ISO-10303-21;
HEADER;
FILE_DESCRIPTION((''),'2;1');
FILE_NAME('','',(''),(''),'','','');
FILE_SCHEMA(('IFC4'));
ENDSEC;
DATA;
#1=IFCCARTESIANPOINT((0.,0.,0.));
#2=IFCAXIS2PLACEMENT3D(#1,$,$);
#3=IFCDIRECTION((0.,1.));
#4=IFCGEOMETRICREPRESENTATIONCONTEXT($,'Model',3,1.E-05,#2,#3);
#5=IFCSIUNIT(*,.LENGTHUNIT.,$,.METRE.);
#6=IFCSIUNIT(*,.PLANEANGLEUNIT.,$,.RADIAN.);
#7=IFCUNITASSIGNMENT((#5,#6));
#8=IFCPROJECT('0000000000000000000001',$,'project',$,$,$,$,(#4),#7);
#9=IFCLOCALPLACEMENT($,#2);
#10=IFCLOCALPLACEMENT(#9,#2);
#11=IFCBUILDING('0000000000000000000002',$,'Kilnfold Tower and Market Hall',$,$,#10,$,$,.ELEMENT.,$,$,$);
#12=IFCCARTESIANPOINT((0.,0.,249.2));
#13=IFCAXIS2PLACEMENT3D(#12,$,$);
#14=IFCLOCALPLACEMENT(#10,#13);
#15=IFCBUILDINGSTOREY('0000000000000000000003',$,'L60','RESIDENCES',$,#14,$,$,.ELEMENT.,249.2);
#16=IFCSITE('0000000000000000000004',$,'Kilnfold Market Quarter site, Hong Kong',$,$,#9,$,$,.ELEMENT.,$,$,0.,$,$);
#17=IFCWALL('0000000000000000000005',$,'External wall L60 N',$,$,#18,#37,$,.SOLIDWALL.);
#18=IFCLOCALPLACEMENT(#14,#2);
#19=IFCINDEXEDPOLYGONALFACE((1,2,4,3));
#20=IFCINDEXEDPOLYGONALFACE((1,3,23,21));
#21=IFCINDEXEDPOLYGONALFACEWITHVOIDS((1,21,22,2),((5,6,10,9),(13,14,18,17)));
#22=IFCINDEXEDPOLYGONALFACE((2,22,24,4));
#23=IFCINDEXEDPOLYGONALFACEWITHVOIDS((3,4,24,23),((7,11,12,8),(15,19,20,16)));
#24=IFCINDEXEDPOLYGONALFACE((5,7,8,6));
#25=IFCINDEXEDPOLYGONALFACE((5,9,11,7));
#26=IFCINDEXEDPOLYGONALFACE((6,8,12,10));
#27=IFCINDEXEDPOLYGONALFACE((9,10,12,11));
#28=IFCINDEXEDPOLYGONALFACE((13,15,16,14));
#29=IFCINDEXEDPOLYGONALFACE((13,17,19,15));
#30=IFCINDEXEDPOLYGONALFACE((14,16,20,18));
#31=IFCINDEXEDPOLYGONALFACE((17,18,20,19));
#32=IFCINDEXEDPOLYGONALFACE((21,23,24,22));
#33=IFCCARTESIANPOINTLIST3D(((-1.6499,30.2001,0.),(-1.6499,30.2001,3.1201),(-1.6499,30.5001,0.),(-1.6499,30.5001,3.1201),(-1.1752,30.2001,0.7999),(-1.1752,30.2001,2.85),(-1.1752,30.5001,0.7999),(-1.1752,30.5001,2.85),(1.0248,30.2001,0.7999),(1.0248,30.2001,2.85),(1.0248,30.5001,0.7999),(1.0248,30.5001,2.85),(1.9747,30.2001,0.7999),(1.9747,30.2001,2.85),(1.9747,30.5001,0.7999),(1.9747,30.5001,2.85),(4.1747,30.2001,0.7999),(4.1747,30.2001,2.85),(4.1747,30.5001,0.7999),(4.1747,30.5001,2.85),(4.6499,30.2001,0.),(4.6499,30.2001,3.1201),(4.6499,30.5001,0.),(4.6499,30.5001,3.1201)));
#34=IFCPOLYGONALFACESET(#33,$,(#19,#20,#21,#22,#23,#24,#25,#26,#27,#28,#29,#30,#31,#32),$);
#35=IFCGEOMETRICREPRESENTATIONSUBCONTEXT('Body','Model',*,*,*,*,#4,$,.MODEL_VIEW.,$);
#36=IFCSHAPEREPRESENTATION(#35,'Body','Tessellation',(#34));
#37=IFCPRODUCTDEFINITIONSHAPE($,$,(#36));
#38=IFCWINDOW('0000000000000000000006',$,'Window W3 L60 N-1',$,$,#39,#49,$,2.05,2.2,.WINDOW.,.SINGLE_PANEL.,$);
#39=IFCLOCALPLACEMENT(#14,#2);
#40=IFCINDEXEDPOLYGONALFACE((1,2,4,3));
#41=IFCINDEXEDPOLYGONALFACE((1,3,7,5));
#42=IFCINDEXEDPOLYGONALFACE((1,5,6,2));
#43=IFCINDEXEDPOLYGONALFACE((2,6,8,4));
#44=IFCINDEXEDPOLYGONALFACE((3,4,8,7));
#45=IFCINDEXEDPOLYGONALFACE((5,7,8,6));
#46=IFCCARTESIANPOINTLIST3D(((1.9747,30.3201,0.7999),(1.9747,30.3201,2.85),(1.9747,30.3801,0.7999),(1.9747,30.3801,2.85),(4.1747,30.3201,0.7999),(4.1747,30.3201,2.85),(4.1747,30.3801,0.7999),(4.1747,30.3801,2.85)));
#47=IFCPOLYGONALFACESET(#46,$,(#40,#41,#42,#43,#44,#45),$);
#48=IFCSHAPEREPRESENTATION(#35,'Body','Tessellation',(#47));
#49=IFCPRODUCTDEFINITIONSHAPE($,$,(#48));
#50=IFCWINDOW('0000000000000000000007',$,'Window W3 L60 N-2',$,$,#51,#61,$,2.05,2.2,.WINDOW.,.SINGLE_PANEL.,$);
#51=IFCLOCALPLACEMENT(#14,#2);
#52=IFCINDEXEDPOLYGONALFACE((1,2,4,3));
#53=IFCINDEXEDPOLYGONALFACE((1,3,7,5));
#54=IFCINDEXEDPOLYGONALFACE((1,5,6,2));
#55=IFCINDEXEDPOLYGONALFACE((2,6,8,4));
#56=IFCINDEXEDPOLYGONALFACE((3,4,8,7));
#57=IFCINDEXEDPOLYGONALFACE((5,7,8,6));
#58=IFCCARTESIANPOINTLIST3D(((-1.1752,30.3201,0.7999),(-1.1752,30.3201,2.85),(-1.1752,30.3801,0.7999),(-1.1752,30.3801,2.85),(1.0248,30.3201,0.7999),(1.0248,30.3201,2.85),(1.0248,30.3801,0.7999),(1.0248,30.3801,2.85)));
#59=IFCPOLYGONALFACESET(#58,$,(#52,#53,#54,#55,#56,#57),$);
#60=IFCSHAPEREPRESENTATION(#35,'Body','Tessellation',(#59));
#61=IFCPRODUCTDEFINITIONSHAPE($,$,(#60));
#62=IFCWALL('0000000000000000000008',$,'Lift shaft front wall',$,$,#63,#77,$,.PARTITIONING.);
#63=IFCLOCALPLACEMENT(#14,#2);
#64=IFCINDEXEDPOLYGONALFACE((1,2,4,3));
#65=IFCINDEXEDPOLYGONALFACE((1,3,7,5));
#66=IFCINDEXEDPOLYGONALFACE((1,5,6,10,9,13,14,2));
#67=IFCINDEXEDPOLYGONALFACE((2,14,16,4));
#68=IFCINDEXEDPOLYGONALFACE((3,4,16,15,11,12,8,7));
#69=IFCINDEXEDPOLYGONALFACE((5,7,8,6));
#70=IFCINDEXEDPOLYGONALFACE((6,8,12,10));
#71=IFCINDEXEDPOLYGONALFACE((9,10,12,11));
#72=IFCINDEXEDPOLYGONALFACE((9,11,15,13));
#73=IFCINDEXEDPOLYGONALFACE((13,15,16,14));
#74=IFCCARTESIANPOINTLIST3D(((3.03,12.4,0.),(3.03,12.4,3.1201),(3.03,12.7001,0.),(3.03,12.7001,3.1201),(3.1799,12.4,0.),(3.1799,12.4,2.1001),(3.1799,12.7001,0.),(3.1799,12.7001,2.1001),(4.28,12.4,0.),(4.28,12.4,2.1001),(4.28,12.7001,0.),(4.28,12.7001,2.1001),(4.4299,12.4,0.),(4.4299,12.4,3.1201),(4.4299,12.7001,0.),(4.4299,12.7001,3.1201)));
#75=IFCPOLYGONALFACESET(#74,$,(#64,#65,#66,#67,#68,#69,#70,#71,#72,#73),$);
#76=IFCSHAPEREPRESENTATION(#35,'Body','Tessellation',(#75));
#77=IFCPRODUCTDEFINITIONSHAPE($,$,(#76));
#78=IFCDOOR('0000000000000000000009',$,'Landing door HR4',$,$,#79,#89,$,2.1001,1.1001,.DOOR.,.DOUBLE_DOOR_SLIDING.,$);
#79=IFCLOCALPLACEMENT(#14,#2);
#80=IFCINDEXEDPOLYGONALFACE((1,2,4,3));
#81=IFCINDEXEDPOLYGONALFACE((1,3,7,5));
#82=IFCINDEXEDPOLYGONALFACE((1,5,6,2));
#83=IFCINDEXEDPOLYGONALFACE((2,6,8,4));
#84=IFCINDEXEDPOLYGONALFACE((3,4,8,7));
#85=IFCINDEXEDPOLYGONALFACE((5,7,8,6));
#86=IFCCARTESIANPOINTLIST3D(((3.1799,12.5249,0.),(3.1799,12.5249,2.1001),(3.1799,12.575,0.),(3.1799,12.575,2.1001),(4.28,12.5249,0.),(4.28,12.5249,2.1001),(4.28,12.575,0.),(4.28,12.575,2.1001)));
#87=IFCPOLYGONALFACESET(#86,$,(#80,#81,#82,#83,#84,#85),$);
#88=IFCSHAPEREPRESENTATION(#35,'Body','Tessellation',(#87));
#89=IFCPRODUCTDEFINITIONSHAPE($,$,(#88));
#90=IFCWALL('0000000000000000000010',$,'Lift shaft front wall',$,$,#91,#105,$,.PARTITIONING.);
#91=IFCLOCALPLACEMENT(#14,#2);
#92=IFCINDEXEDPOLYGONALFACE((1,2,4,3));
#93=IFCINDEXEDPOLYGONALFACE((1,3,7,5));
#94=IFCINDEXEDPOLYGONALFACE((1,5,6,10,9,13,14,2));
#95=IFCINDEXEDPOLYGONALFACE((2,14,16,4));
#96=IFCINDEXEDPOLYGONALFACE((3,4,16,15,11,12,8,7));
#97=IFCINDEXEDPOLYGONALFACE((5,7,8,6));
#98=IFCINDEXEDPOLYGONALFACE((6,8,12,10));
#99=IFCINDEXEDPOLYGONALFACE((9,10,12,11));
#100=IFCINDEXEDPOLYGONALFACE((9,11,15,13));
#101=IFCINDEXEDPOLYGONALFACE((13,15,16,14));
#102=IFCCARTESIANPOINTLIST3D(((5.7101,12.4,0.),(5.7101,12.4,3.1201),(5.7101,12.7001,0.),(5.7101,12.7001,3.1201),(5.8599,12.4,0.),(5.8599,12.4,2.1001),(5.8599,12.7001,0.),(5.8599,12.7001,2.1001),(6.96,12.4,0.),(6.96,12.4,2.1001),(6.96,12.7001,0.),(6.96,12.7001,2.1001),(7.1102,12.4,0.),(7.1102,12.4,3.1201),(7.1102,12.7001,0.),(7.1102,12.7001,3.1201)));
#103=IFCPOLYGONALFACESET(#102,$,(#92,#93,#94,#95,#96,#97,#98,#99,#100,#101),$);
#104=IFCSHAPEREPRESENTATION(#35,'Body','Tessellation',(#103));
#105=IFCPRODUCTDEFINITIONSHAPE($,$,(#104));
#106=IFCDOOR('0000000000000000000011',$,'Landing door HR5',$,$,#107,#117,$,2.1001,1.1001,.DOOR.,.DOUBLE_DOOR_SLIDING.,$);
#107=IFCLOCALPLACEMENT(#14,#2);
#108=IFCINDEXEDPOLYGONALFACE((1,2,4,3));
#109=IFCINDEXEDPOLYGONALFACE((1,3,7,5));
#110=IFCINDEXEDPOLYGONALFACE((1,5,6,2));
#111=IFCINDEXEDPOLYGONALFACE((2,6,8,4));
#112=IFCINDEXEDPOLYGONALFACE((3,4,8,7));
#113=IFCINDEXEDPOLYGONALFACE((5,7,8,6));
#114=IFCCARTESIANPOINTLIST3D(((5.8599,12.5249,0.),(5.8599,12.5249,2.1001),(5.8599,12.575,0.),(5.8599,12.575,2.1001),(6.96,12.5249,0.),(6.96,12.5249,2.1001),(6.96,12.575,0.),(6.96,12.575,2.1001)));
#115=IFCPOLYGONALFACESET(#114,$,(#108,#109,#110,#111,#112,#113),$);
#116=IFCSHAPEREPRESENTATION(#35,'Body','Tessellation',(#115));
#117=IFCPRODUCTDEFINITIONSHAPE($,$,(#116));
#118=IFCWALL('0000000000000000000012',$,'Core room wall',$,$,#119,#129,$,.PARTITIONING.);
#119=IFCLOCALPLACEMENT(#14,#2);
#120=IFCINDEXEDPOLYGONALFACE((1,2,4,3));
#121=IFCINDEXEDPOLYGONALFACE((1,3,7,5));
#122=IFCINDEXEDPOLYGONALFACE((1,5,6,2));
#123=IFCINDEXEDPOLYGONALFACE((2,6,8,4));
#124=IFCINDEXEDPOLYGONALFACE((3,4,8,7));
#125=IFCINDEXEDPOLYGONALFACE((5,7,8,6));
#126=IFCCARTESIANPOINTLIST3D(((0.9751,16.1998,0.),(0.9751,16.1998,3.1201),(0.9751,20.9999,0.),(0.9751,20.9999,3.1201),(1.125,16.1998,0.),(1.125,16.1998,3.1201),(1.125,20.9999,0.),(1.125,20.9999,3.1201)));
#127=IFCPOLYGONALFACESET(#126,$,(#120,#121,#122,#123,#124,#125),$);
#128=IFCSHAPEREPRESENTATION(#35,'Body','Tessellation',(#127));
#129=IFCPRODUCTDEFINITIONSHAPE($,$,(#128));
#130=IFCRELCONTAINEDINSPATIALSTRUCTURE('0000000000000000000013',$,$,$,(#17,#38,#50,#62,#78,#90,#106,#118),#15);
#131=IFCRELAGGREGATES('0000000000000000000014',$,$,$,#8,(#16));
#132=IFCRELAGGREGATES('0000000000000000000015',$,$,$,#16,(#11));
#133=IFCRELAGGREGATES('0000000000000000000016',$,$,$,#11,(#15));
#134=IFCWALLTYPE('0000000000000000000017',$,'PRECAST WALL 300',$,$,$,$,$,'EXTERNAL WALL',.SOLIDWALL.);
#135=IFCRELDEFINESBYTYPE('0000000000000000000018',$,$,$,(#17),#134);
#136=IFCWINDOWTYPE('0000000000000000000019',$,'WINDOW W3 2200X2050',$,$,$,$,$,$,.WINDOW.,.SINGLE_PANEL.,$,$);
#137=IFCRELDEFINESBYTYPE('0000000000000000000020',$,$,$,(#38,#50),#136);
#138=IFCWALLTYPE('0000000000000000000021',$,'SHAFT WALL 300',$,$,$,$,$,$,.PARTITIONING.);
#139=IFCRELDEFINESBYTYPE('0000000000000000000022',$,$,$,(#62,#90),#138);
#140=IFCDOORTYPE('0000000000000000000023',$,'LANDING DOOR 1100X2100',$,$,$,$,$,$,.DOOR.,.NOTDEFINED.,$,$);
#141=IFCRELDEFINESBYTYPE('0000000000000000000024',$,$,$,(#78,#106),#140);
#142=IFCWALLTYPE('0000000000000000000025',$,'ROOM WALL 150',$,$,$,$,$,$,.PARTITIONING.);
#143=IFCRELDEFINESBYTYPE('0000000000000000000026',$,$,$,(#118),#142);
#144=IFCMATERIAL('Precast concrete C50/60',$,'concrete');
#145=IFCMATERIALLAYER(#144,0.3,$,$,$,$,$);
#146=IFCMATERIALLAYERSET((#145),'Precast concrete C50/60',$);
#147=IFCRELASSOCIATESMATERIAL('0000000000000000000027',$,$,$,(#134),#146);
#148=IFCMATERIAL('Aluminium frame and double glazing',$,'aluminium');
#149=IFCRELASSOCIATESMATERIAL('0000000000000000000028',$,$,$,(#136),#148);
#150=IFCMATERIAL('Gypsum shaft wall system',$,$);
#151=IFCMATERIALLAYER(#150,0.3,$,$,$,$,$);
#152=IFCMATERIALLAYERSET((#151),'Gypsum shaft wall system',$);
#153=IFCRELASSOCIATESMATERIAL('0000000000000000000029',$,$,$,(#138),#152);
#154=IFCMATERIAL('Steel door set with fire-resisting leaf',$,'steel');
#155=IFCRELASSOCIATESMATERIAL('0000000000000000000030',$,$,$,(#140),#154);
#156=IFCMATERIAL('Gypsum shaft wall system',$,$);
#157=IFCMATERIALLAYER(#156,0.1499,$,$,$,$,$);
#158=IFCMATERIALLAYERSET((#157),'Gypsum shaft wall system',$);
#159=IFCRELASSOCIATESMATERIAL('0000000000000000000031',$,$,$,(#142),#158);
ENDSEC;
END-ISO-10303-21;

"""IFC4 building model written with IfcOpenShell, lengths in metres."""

from ifc_helpers import new_model, si_unit, direction, frame, frame_2d, origin, place, context, subcontext, project, spatial, rectangle, extrude, source, transform, mapped, material, layer, layer_set, type_object, element, fill, save


model = new_model("IFC4")

# Units and contexts
model_context = context("Model", 3, precision=1e-05, world=origin(), true_north=direction((0.0, 1.0)))
body_context = subcontext(model_context, "Body", "Model", "MODEL_VIEW")
ifc_project = project(units=[si_unit("LENGTHUNIT", "METRE"), si_unit("PLANEANGLEUNIT", "RADIAN")], contexts=[model_context])

# Site, building, storey
site_placement = place(None, origin())
site = spatial("IfcSite", under=ifc_project, at=site_placement, Name="Kilnfold Market Quarter site, Hong Kong", CompositionType="ELEMENT", RefElevation=0.0)
building_placement = place(site_placement, origin())
building = spatial("IfcBuilding", under=site, at=building_placement, Name="Kilnfold Tower and Market Hall", CompositionType="ELEMENT")
storey_placement = place(building_placement, frame((0.0, 0.0, 249.2)))
storey = spatial("IfcBuildingStorey", under=building, at=storey_placement, Name="L60", Description="RESIDENCES", CompositionType="ELEMENT", Elevation=249.2)

# Wall, openings, windows
ifc_material_1 = material(Name="Precast concrete C50/60", Category="concrete")
ifc_layer_1 = layer(ifc_material_1, 0.3)
ifc_layer_set_1 = layer_set([ifc_layer_1], Name="Precast concrete C50/60")
wall_type_1 = type_object("IfcWallType", Name="PRECAST WALL 300", ElementType="EXTERNAL WALL", PredefinedType="SOLIDWALL", material=ifc_layer_set_1)
shared_shape_1 = source(origin(), body_context, "Body", "SweptSolid", [
    extrude(rectangle(XDim=6.2998, YDim=0.3, at=frame_2d((3.1499, 0.0))), origin(), (0.0, 0.0, 1.0), 3.1201),
])
wall_1_placement = place(storey_placement, frame((4.6499, 30.3501, 0.0), z_axis=(0.0, 0.0, 1.0), x_axis=(-1.0, 0.0, 0.0)))
wall_1 = element("IfcWall", 1, at=wall_1_placement, inside=storey, type_object=wall_type_1, Name="External wall L60 N", PredefinedType="SOLIDWALL", context=body_context, shape_type="MappedRepresentation", body=[
    mapped(shared_shape_1, transform((0.0, 0.0, 0.0))),
])
opening_1_placement = place(wall_1_placement, frame((0.4751, 0.0, 0.8)))
opening_1 = element("IfcOpeningElement", 2, at=opening_1_placement, cuts=wall_1, PredefinedType="OPENING", context=body_context, shape_type="SweptSolid", body=[
    extrude(rectangle(XDim=2.2, YDim=2.05, at=frame_2d((1.1001, 1.0249))), frame((0.0, 0.1602, 0.0), z_axis=(0.0, -1.0, 0.0), x_axis=(1.0, 0.0, 0.0)), (0.0, 0.0, 1.0), 0.3201),
])
opening_2_placement = place(wall_1_placement, frame((3.625, 0.0, 0.8)))
opening_2 = element("IfcOpeningElement", 3, at=opening_2_placement, cuts=wall_1, PredefinedType="OPENING", context=body_context, shape_type="SweptSolid", body=[
    extrude(rectangle(XDim=2.2, YDim=2.05, at=frame_2d((1.1001, 1.0249))), frame((0.0, 0.1602, 0.0), z_axis=(0.0, -1.0, 0.0), x_axis=(1.0, 0.0, 0.0)), (0.0, 0.0, 1.0), 0.3201),
])
ifc_material_2 = material(Name="Aluminium frame and double glazing", Category="aluminium")
window_type = type_object("IfcWindowType", Name="WINDOW W3 2200X2050", PartitioningType="SINGLE_PANEL", PredefinedType="WINDOW", material=ifc_material_2)
window_1_placement = place(opening_1_placement, origin())
window_1 = element("IfcWindow", 4, at=window_1_placement, inside=storey, type_object=window_type, Name="Window W3 L60 N-1", OverallHeight=2.05, OverallWidth=2.2, PartitioningType="SINGLE_PANEL", PredefinedType="WINDOW", context=body_context, shape_type="SweptSolid", body=[
    extrude(rectangle(XDim=2.2, YDim=2.05, at=frame_2d((1.1001, 1.0249))), frame((0.0, 0.03, 0.0), z_axis=(0.0, -1.0, 0.0), x_axis=(1.0, 0.0, 0.0)), (0.0, 0.0, 1.0), 0.0601),
])
fill(opening_1, window_1)
window_2_placement = place(opening_2_placement, origin())
window_2 = element("IfcWindow", 5, at=window_2_placement, inside=storey, type_object=window_type, Name="Window W3 L60 N-2", OverallHeight=2.05, OverallWidth=2.2, PartitioningType="SINGLE_PANEL", PredefinedType="WINDOW", context=body_context, shape_type="SweptSolid", body=[
    extrude(rectangle(XDim=2.2, YDim=2.05, at=frame_2d((1.1001, 1.0249))), frame((0.0, 0.03, 0.0), z_axis=(0.0, -1.0, 0.0), x_axis=(1.0, 0.0, 0.0)), (0.0, 0.0, 1.0), 0.0601),
])
fill(opening_2, window_2)

# Walls, openings, doors
ifc_material_3 = material(Name="Gypsum shaft wall system")
ifc_layer_2 = layer(ifc_material_3, 0.3)
ifc_layer_set_2 = layer_set([ifc_layer_2], Name="Gypsum shaft wall system")
wall_type_2 = type_object("IfcWallType", Name="SHAFT WALL 300", PredefinedType="PARTITIONING", material=ifc_layer_set_2)
shared_shape_2 = source(origin(), body_context, "Body", "SweptSolid", [
    extrude(rectangle(XDim=1.3999, YDim=0.3, at=frame_2d((0.7, 0.0))), origin(), (0.0, 0.0, 1.0), 3.1201),
])
wall_2_placement = place(storey_placement, frame((3.03, 12.55, 0.0), z_axis=(0.0, 0.0, 1.0), x_axis=(1.0, 0.0, 0.0)))
wall_2 = element("IfcWall", 6, at=wall_2_placement, inside=storey, type_object=wall_type_2, Name="Lift shaft front wall", PredefinedType="PARTITIONING", context=body_context, shape_type="MappedRepresentation", body=[
    mapped(shared_shape_2, transform((0.0, 0.0, 0.0))),
])
opening_3_placement = place(wall_2_placement, frame((0.1499, 0.0, 0.0)))
opening_3 = element("IfcOpeningElement", 7, at=opening_3_placement, cuts=wall_2, PredefinedType="OPENING", context=body_context, shape_type="SweptSolid", body=[
    extrude(rectangle(XDim=1.1001, YDim=2.1001, at=frame_2d((0.55, 1.05))), frame((0.0, 0.1602, 0.0), z_axis=(0.0, -1.0, 0.0), x_axis=(1.0, 0.0, 0.0)), (0.0, 0.0, 1.0), 0.3201),
])
ifc_material_4 = material(Name="Steel door set with fire-resisting leaf", Category="steel")
door_type_1 = type_object("IfcDoorType", Name="LANDING DOOR 1100X2100", OperationType="NOTDEFINED", PredefinedType="DOOR", material=ifc_material_4)
door_1_placement = place(opening_3_placement, origin())
door_1 = element("IfcDoor", 8, at=door_1_placement, inside=storey, type_object=door_type_1, Name="Landing door HR4", OperationType="DOUBLE_DOOR_SLIDING", OverallHeight=2.1001, OverallWidth=1.1001, PredefinedType="DOOR", context=body_context, shape_type="SweptSolid", body=[
    extrude(rectangle(XDim=1.1001, YDim=2.1001, at=frame_2d((0.55, 1.05))), frame((0.0, 0.0249, 0.0), z_axis=(0.0, -1.0, 0.0), x_axis=(1.0, 0.0, 0.0)), (0.0, 0.0, 1.0), 0.05),
])
fill(opening_3, door_1)
shared_shape_3 = source(origin(), body_context, "Body", "SweptSolid", [
    extrude(rectangle(XDim=1.4001, YDim=0.3, at=frame_2d((0.7002, 0.0))), origin(), (0.0, 0.0, 1.0), 3.1201),
])
wall_3_placement = place(storey_placement, frame((5.71, 12.55, 0.0), z_axis=(0.0, 0.0, 1.0), x_axis=(1.0, 0.0, 0.0)))
wall_3 = element("IfcWall", 9, at=wall_3_placement, inside=storey, type_object=wall_type_2, Name="Lift shaft front wall", PredefinedType="PARTITIONING", context=body_context, shape_type="MappedRepresentation", body=[
    mapped(shared_shape_3, transform((0.0, 0.0, 0.0))),
])
opening_4_placement = place(wall_3_placement, frame((0.1499, 0.0, 0.0)))
opening_4 = element("IfcOpeningElement", 10, at=opening_4_placement, cuts=wall_3, PredefinedType="OPENING", context=body_context, shape_type="SweptSolid", body=[
    extrude(rectangle(XDim=1.1001, YDim=2.1001, at=frame_2d((0.55, 1.05))), frame((0.0, 0.1602, 0.0), z_axis=(0.0, -1.0, 0.0), x_axis=(1.0, 0.0, 0.0)), (0.0, 0.0, 1.0), 0.3201),
])
door_2_placement = place(opening_4_placement, origin())
door_2 = element("IfcDoor", 11, at=door_2_placement, inside=storey, type_object=door_type_1, Name="Landing door HR5", OperationType="DOUBLE_DOOR_SLIDING", OverallHeight=2.1001, OverallWidth=1.1001, PredefinedType="DOOR", context=body_context, shape_type="SweptSolid", body=[
    extrude(rectangle(XDim=1.1001, YDim=2.1001, at=frame_2d((0.55, 1.05))), frame((0.0, 0.0249, 0.0), z_axis=(0.0, -1.0, 0.0), x_axis=(1.0, 0.0, 0.0)), (0.0, 0.0, 1.0), 0.05),
])
fill(opening_4, door_2)

# Wall
ifc_material_5 = material(Name="Gypsum shaft wall system")
ifc_layer_3 = layer(ifc_material_5, 0.1499)
ifc_layer_set_3 = layer_set([ifc_layer_3], Name="Gypsum shaft wall system")
wall_type_3 = type_object("IfcWallType", Name="ROOM WALL 150", PredefinedType="PARTITIONING", material=ifc_layer_set_3)
shared_shape_4 = source(origin(), body_context, "Body", "SweptSolid", [
    extrude(rectangle(XDim=4.8, YDim=0.1499, at=frame_2d((2.3999, 0.0))), origin(), (0.0, 0.0, 1.0), 3.1201),
])
wall_4_placement = place(storey_placement, frame((1.05, 16.2, 0.0), z_axis=(0.0, 0.0, 1.0), x_axis=(0.0, 1.0, 0.0)))
element("IfcWall", 12, at=wall_4_placement, inside=storey, type_object=wall_type_3, Name="Core room wall", PredefinedType="PARTITIONING", context=body_context, shape_type="MappedRepresentation", body=[
    mapped(shared_shape_4, transform((0.0, 0.0, 0.0))),
])

save(model, "model.ifc")
